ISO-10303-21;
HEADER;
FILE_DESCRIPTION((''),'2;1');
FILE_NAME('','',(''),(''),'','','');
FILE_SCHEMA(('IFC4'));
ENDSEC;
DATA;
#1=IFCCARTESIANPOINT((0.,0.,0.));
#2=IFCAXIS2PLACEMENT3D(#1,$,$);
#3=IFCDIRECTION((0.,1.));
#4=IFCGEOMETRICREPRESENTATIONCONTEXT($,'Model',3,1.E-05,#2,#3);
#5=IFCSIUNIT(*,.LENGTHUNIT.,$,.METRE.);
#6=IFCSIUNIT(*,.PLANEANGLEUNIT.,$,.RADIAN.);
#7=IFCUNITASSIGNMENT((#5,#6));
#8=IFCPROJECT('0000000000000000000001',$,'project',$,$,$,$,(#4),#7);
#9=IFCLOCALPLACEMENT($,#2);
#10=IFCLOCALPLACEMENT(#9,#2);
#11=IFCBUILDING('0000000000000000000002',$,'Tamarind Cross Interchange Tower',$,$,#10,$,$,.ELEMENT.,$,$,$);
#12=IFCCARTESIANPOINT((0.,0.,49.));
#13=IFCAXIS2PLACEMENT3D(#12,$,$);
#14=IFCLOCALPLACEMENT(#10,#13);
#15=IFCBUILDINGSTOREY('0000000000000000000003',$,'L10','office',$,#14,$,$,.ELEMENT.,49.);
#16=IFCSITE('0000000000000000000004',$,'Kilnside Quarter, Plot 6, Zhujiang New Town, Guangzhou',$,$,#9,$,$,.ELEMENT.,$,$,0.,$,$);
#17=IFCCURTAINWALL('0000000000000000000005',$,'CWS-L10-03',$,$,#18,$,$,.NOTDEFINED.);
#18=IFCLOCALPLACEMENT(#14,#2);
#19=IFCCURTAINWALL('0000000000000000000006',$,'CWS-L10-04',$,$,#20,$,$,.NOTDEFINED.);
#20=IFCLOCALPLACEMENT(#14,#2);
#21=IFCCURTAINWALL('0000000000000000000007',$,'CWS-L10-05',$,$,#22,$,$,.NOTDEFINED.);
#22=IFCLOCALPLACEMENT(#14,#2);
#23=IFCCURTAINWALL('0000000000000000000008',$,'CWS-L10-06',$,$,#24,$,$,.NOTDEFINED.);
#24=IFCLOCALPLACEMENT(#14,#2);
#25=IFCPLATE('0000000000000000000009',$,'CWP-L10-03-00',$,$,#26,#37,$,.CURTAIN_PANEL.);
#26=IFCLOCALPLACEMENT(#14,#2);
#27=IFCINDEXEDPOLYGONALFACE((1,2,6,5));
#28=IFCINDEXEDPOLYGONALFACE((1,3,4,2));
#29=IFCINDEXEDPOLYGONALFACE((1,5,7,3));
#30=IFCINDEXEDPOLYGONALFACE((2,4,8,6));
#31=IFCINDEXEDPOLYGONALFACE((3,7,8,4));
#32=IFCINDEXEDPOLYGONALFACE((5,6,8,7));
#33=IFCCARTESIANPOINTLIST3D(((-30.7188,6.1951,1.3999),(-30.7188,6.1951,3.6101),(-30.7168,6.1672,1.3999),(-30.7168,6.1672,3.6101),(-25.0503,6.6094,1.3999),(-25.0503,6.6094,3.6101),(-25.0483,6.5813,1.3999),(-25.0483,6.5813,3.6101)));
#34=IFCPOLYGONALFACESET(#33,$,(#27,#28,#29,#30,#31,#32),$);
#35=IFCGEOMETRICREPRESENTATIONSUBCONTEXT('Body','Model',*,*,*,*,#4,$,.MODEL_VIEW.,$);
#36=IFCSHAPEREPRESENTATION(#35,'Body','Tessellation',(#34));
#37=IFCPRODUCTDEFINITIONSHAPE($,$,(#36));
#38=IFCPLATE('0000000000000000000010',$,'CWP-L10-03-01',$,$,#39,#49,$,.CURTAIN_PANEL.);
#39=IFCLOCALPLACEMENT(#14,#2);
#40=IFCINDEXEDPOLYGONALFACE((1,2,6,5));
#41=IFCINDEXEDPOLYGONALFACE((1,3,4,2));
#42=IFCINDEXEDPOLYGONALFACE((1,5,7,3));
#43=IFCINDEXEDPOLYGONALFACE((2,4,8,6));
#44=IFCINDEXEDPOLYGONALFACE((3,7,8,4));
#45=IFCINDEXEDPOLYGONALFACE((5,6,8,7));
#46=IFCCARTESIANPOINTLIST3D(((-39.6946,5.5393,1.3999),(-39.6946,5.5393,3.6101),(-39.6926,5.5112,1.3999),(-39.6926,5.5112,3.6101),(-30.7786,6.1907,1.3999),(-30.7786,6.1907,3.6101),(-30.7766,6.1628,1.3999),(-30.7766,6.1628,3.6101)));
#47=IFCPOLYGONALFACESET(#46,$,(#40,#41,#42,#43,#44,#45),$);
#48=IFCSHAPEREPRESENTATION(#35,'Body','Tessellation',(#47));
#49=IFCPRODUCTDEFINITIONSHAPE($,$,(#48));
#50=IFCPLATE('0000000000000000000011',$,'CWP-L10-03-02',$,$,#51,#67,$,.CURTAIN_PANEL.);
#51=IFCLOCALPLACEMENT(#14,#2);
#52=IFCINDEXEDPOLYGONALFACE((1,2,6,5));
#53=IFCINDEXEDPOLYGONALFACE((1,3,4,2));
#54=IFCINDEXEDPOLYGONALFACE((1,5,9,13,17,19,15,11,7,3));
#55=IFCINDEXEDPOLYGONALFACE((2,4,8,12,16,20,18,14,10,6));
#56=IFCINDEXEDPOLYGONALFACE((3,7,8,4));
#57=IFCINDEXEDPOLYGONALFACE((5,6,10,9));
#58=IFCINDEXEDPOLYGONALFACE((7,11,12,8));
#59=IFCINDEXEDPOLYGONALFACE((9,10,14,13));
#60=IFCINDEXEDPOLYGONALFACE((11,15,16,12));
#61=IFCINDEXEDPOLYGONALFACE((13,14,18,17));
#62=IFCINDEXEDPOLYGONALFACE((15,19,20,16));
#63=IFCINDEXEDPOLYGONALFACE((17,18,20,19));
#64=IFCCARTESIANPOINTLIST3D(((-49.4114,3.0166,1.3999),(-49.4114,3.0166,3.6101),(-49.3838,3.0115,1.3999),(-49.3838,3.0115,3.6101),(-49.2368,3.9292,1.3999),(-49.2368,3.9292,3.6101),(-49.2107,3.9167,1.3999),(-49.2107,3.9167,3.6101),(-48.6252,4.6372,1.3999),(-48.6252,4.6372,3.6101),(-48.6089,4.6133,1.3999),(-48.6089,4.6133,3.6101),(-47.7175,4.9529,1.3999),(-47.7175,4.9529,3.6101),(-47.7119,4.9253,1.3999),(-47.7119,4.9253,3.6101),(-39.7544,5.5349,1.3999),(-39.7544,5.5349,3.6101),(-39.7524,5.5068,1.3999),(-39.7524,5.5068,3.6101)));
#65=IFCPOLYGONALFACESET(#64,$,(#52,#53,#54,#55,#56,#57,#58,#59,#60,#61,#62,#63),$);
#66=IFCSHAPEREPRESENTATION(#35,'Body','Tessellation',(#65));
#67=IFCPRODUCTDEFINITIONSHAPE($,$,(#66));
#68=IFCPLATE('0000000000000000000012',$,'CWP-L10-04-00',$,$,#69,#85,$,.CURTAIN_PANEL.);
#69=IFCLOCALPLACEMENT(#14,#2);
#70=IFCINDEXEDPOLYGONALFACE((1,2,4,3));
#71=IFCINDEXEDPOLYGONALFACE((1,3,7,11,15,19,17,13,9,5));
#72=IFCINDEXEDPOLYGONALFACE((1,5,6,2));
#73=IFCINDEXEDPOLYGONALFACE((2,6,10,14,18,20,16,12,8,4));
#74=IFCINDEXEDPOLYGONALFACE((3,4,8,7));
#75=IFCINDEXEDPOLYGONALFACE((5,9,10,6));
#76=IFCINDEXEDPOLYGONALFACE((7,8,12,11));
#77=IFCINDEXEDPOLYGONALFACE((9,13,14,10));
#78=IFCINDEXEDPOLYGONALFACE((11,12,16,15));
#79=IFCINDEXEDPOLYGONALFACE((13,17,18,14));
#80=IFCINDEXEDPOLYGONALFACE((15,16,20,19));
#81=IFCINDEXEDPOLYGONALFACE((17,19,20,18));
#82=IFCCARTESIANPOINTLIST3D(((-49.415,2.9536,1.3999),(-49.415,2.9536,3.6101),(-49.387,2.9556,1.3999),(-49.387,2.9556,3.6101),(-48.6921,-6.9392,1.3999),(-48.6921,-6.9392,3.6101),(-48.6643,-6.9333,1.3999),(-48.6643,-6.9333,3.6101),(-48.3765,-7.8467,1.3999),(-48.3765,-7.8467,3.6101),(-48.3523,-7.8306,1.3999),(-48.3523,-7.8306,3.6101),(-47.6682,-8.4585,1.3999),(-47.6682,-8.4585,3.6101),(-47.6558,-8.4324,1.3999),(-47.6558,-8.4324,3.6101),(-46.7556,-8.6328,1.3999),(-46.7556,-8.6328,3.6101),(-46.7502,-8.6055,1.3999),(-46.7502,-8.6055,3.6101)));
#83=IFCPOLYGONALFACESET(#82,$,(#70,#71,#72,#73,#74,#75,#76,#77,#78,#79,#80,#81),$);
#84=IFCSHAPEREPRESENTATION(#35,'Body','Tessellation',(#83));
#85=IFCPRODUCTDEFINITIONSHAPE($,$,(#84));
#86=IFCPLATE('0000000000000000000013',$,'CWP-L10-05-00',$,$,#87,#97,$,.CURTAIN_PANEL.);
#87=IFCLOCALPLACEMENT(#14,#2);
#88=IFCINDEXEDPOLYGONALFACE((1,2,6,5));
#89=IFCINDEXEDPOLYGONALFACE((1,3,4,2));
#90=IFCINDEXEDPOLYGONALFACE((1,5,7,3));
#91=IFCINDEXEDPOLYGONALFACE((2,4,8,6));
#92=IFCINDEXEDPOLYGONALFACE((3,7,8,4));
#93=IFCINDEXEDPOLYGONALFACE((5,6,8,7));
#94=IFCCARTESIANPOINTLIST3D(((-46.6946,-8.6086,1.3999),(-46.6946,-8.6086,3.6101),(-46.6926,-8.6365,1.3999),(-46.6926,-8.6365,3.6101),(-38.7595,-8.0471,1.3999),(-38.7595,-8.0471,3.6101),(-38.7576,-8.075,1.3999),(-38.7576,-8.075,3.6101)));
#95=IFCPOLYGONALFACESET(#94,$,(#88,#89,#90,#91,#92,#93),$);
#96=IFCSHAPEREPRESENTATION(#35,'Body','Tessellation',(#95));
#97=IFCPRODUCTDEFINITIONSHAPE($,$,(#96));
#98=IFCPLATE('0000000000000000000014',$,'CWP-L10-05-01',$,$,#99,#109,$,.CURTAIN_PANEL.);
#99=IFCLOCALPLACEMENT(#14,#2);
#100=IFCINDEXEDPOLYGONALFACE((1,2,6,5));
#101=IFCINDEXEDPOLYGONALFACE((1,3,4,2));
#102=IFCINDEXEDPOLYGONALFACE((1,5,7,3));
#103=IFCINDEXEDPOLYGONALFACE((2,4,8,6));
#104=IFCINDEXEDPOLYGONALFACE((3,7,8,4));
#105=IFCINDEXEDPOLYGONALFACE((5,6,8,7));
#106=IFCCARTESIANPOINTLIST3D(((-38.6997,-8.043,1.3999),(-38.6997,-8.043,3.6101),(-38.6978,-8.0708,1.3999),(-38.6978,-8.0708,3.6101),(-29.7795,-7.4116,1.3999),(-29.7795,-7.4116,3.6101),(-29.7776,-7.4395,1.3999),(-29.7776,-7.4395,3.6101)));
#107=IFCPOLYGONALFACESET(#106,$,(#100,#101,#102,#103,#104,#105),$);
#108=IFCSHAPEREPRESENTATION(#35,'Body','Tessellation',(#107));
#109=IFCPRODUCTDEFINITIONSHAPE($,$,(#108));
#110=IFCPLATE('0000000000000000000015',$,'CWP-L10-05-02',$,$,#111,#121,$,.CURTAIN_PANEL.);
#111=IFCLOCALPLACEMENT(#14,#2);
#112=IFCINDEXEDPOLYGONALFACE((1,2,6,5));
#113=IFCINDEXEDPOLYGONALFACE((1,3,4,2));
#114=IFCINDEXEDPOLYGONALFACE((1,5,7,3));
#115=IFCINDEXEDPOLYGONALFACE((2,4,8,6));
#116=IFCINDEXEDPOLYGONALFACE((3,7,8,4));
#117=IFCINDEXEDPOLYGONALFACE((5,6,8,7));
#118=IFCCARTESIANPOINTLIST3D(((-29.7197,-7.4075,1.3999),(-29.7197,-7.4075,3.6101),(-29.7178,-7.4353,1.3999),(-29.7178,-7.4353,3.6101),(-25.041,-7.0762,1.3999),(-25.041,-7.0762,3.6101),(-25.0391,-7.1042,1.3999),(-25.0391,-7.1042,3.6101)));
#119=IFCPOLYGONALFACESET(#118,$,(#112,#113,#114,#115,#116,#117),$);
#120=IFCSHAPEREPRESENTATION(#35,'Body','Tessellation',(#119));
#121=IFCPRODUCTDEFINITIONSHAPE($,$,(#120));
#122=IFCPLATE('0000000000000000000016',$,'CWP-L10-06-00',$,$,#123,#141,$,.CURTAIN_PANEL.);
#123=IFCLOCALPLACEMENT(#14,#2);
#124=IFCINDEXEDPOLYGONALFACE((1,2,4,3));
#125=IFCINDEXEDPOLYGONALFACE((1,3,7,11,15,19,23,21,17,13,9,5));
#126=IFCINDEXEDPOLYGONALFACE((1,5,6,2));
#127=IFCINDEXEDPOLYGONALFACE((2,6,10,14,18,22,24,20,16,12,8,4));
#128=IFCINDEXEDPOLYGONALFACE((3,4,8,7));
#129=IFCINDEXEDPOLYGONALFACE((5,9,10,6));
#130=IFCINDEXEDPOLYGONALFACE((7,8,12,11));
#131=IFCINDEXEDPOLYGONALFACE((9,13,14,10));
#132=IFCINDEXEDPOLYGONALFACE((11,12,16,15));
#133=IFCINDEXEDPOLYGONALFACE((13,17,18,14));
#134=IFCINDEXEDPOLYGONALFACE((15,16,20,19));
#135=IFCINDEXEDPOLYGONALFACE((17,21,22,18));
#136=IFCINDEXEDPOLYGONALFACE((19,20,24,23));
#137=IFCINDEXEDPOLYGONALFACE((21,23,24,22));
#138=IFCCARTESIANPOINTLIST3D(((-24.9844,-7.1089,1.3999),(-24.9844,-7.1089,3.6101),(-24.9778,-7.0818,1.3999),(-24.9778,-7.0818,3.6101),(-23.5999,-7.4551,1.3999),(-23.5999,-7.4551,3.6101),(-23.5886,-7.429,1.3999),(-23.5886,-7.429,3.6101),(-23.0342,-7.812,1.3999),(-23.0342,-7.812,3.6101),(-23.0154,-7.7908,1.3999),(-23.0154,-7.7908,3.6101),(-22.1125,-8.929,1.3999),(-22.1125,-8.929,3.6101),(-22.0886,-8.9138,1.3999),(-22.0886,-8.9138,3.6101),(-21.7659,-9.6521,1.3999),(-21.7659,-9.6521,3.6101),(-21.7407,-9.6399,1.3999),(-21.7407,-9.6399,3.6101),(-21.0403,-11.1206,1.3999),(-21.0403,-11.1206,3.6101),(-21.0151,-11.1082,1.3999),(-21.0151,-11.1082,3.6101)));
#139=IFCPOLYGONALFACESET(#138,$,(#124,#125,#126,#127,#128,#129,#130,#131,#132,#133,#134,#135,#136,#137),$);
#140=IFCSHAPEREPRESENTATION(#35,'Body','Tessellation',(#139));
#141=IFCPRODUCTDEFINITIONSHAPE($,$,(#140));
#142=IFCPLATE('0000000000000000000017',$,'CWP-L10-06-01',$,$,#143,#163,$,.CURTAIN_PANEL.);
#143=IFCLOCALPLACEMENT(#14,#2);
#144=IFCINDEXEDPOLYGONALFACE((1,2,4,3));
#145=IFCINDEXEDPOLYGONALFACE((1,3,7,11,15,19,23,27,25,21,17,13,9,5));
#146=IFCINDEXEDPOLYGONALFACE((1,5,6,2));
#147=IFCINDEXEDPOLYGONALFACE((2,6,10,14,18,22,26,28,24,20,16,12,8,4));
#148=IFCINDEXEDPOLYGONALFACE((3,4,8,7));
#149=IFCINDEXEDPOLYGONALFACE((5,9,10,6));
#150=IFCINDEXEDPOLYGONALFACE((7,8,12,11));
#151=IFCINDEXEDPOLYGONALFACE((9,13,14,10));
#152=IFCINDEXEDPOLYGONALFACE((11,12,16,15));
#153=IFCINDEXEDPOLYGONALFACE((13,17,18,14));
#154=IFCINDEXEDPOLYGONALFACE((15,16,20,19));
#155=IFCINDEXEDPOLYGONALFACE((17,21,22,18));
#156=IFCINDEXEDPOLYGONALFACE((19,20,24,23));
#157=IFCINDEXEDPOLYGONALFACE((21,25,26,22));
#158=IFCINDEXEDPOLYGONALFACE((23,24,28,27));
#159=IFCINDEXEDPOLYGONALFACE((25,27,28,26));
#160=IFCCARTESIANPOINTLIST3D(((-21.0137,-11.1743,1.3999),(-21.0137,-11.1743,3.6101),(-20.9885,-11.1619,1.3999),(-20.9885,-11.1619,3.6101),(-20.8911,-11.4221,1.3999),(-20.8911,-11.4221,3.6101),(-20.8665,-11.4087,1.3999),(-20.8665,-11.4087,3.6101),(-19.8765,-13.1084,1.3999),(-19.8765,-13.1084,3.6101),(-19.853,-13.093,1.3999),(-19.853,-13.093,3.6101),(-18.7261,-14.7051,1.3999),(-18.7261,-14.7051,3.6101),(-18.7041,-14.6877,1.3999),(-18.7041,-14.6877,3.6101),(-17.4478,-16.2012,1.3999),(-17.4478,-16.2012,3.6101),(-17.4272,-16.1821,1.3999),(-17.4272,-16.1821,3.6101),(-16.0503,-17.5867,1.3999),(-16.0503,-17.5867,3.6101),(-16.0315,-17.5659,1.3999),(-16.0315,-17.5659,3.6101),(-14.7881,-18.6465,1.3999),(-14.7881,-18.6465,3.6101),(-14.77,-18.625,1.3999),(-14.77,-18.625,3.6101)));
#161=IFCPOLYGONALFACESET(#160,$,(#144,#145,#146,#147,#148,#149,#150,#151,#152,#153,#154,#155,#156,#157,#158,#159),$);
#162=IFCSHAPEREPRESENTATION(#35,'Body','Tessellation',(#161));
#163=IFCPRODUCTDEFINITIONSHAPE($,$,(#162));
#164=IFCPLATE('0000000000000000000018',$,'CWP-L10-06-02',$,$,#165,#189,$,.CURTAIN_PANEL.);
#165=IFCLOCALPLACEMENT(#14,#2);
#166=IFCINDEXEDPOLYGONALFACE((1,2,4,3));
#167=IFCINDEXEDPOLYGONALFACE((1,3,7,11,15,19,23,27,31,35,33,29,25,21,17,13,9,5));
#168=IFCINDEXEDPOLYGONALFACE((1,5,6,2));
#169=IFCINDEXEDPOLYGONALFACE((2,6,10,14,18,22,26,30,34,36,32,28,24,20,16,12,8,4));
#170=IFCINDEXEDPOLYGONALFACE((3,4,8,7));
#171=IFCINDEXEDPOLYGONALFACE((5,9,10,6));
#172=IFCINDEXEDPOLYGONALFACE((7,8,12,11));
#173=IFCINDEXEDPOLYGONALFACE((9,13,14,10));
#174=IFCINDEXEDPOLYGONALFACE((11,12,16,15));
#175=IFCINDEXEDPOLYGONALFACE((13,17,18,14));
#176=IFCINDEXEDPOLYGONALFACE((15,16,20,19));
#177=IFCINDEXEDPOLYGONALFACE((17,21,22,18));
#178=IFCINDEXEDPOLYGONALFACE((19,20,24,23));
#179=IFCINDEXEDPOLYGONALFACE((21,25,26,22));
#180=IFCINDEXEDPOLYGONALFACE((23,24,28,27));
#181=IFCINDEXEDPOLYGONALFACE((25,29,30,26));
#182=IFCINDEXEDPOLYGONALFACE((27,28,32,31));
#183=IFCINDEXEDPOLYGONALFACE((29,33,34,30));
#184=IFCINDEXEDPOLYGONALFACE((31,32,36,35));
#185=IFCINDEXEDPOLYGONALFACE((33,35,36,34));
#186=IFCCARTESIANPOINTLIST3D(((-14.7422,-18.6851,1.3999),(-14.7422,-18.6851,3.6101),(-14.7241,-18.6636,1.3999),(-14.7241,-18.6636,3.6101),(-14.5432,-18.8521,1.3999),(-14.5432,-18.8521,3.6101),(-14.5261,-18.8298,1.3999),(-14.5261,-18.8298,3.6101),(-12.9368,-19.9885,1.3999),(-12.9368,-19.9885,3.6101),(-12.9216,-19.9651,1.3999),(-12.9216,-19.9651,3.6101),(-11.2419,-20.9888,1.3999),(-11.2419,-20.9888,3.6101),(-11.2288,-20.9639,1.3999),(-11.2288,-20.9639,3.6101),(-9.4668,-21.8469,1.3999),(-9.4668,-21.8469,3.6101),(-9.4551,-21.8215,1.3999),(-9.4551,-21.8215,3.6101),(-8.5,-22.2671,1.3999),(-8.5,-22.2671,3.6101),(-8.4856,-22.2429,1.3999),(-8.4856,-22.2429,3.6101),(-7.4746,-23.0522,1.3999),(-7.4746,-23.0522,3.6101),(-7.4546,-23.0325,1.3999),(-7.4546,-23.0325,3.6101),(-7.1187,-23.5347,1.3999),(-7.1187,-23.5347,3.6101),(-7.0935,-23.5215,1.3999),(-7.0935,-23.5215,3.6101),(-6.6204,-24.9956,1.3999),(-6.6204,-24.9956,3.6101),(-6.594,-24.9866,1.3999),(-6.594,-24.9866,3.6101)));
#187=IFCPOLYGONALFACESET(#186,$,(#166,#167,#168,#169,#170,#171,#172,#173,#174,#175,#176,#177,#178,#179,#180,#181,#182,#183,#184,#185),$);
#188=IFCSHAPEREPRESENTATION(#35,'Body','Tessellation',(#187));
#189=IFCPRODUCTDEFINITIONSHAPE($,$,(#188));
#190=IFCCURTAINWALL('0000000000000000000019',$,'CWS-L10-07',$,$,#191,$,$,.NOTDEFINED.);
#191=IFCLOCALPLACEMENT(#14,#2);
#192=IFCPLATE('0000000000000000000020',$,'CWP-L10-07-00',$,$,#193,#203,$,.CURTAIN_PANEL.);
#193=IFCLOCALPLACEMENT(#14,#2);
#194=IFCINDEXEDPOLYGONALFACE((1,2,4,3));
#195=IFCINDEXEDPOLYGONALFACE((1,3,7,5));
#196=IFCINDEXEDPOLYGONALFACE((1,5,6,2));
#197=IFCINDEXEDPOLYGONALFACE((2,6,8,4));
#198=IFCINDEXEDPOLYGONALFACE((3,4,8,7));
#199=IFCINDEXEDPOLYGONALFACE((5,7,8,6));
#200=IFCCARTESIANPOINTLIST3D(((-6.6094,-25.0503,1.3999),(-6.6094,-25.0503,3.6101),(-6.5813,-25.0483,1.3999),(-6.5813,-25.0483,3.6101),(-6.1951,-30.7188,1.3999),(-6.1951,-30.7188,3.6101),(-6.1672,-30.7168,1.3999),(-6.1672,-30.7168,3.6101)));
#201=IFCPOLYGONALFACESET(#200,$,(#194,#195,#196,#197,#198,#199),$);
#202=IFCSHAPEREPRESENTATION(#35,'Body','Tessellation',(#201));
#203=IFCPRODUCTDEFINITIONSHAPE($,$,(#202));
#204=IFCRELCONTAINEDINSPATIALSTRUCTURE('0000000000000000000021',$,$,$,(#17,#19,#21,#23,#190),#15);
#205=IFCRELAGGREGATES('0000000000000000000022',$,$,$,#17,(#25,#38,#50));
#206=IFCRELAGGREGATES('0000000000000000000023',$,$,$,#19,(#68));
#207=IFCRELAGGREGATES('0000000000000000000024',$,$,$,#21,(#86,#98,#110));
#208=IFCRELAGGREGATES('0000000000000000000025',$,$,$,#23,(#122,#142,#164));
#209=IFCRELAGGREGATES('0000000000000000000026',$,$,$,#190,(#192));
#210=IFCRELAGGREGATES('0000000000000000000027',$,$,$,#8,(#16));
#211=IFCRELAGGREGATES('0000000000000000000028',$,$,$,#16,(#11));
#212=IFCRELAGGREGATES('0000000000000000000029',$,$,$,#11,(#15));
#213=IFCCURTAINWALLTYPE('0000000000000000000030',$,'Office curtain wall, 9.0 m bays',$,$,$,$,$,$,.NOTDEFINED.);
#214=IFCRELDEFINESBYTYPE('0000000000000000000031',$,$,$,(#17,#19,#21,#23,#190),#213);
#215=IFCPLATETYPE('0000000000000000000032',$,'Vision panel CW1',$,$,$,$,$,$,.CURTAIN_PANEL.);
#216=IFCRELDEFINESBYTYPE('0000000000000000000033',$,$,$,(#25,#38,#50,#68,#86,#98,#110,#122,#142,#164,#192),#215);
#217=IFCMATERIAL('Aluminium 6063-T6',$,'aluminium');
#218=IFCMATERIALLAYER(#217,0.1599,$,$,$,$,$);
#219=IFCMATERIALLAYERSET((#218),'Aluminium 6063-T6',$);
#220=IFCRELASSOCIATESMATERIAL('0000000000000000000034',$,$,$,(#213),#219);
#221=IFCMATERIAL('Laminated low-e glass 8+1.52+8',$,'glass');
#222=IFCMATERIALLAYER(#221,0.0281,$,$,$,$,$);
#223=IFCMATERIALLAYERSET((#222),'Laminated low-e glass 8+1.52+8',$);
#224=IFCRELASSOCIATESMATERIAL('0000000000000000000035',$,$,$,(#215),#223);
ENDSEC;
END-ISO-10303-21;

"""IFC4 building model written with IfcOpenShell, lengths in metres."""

from ifc_helpers import new_model, si_unit, direction, frame, origin, place, context, subcontext, project, spatial, polyline, outline, extrude, material, layer, layer_set, type_object, element, aggregate, save


model = new_model("IFC4")

# Units and contexts
model_context = context("Model", 3, precision=1e-05, world=origin(), true_north=direction((0.0, 1.0)))
body_context = subcontext(model_context, "Body", "Model", "MODEL_VIEW")
ifc_project = project(units=[si_unit("LENGTHUNIT", "METRE"), si_unit("PLANEANGLEUNIT", "RADIAN")], contexts=[model_context])

# Site, building, storey
site_placement = place(None, origin())
site = spatial("IfcSite", under=ifc_project, at=site_placement, Name="Kilnside Quarter, Plot 6, Zhujiang New Town, Guangzhou", CompositionType="ELEMENT", RefElevation=0.0)
building_placement = place(site_placement, origin())
building = spatial("IfcBuilding", under=site, at=building_placement, Name="Tamarind Cross Interchange Tower", CompositionType="ELEMENT")
storey_placement = place(building_placement, frame((0.0, 0.0, 49.0)))
storey = spatial("IfcBuildingStorey", under=building, at=storey_placement, Name="L10", Description="office", CompositionType="ELEMENT", Elevation=49.0)

# Curtain walls
ifc_material_1 = material(Name="Aluminium 6063-T6", Category="aluminium")
ifc_layer_1 = layer(ifc_material_1, 0.1599)
ifc_layer_set_1 = layer_set([ifc_layer_1], Name="Aluminium 6063-T6")
curtain_wall_type = type_object("IfcCurtainWallType", Name="Office curtain wall, 9.0 m bays", PredefinedType="NOTDEFINED", material=ifc_layer_set_1)
curtain_wall_1_placement = place(storey_placement, origin())
curtain_wall_1 = element("IfcCurtainWall", 1, at=curtain_wall_1_placement, inside=storey, type_object=curtain_wall_type, Name="CWS-L10-03", PredefinedType="NOTDEFINED")
curtain_wall_2_placement = place(storey_placement, origin())
curtain_wall_2 = element("IfcCurtainWall", 2, at=curtain_wall_2_placement, inside=storey, type_object=curtain_wall_type, Name="CWS-L10-04", PredefinedType="NOTDEFINED")
curtain_wall_3_placement = place(storey_placement, origin())
curtain_wall_3 = element("IfcCurtainWall", 3, at=curtain_wall_3_placement, inside=storey, type_object=curtain_wall_type, Name="CWS-L10-05", PredefinedType="NOTDEFINED")
curtain_wall_4_placement = place(storey_placement, origin())
curtain_wall_4 = element("IfcCurtainWall", 4, at=curtain_wall_4_placement, inside=storey, type_object=curtain_wall_type, Name="CWS-L10-06", PredefinedType="NOTDEFINED")

# Plates
ifc_material_2 = material(Name="Laminated low-e glass 8+1.52+8", Category="glass")
ifc_layer_2 = layer(ifc_material_2, 0.0281)
ifc_layer_set_2 = layer_set([ifc_layer_2], Name="Laminated low-e glass 8+1.52+8")
plate_type = type_object("IfcPlateType", Name="Vision panel CW1", PredefinedType="CURTAIN_PANEL", material=ifc_layer_set_2)
plate_1_placement = place(storey_placement, frame((0.0, 0.0, 1.3999)))
plate_1 = element("IfcPlate", 5, at=plate_1_placement, type_object=plate_type, Name="CWP-L10-03-00", PredefinedType="CURTAIN_PANEL", context=body_context, shape_type="SweptSolid", body=[
    extrude(outline(polyline([(-25.0483, 6.5813), (-30.7168, 6.1672), (-30.7188, 6.1951), (-25.0503, 6.6094), (-25.0483, 6.5813)])), origin(), (0.0, 0.0, 1.0), 2.2102),
])
plate_2_placement = place(storey_placement, frame((0.0, 0.0, 1.3999)))
plate_2 = element("IfcPlate", 6, at=plate_2_placement, type_object=plate_type, Name="CWP-L10-03-01", PredefinedType="CURTAIN_PANEL", context=body_context, shape_type="SweptSolid", body=[
    extrude(outline(polyline([(-30.7766, 6.1628), (-39.6926, 5.5112), (-39.6946, 5.5393), (-30.7786, 6.1907), (-30.7766, 6.1628)])), origin(), (0.0, 0.0, 1.0), 2.2102),
])
plate_3_placement = place(storey_placement, frame((0.0, 0.0, 1.3999)))
plate_3 = element("IfcPlate", 7, at=plate_3_placement, type_object=plate_type, Name="CWP-L10-03-02", PredefinedType="CURTAIN_PANEL", context=body_context, shape_type="SweptSolid", body=[
    extrude(outline(polyline([(-39.7524, 5.5068), (-47.7119, 4.9253), (-48.6089, 4.6133), (-49.2107, 3.9167), (-49.3838, 3.0115), (-49.4114, 3.0166), (-49.2368, 3.9292), (-48.6252, 4.6372), (-47.7175, 4.9529), (-39.7544, 5.5349), (-39.7524, 5.5068)])), origin(), (0.0, 0.0, 1.0), 2.2102),
])
aggregate(curtain_wall_1, [plate_1, plate_2, plate_3])
plate_4_placement = place(storey_placement, frame((0.0, 0.0, 1.3999)))
plate_4 = element("IfcPlate", 8, at=plate_4_placement, type_object=plate_type, Name="CWP-L10-04-00", PredefinedType="CURTAIN_PANEL", context=body_context, shape_type="SweptSolid", body=[
    extrude(outline(polyline([(-49.387, 2.9556), (-48.6643, -6.9333), (-48.3523, -7.8306), (-47.6558, -8.4324), (-46.7502, -8.6055), (-46.7556, -8.6328), (-47.6682, -8.4585), (-48.3765, -7.8467), (-48.6921, -6.9392), (-49.415, 2.9536), (-49.387, 2.9556)])), origin(), (0.0, 0.0, 1.0), 2.2102),
])
aggregate(curtain_wall_2, [plate_4])
plate_5_placement = place(storey_placement, frame((0.0, 0.0, 1.3999)))
plate_5 = element("IfcPlate", 9, at=plate_5_placement, type_object=plate_type, Name="CWP-L10-05-00", PredefinedType="CURTAIN_PANEL", context=body_context, shape_type="SweptSolid", body=[
    extrude(outline(polyline([(-46.6946, -8.6086), (-38.7595, -8.0471), (-38.7576, -8.075), (-46.6926, -8.6365), (-46.6946, -8.6086)])), origin(), (0.0, 0.0, 1.0), 2.2102),
])
plate_6_placement = place(storey_placement, frame((0.0, 0.0, 1.3999)))
plate_6 = element("IfcPlate", 10, at=plate_6_placement, type_object=plate_type, Name="CWP-L10-05-01", PredefinedType="CURTAIN_PANEL", context=body_context, shape_type="SweptSolid", body=[
    extrude(outline(polyline([(-38.6997, -8.043), (-29.7795, -7.4116), (-29.7776, -7.4395), (-38.6978, -8.0708), (-38.6997, -8.043)])), origin(), (0.0, 0.0, 1.0), 2.2102),
])
plate_7_placement = place(storey_placement, frame((0.0, 0.0, 1.3999)))
plate_7 = element("IfcPlate", 11, at=plate_7_placement, type_object=plate_type, Name="CWP-L10-05-02", PredefinedType="CURTAIN_PANEL", context=body_context, shape_type="SweptSolid", body=[
    extrude(outline(polyline([(-29.7197, -7.4075), (-25.041, -7.0762), (-25.0391, -7.1042), (-29.7178, -7.4353), (-29.7197, -7.4075)])), origin(), (0.0, 0.0, 1.0), 2.2102),
])
aggregate(curtain_wall_3, [plate_5, plate_6, plate_7])
plate_8_placement = place(storey_placement, frame((0.0, 0.0, 1.3999)))
plate_8 = element("IfcPlate", 12, at=plate_8_placement, type_object=plate_type, Name="CWP-L10-06-00", PredefinedType="CURTAIN_PANEL", context=body_context, shape_type="SweptSolid", body=[
    extrude(outline(polyline([(-24.9778, -7.0818), (-23.5886, -7.429), (-23.0154, -7.7908), (-22.0886, -8.9138), (-21.7407, -9.6399), (-21.0151, -11.1082), (-21.0403, -11.1206), (-21.7659, -9.6521), (-22.1125, -8.929), (-23.0342, -7.812), (-23.5999, -7.4551), (-24.9844, -7.1089), (-24.9778, -7.0818)])), origin(), (0.0, 0.0, 1.0), 2.2102),
])
plate_9_placement = place(storey_placement, frame((0.0, 0.0, 1.3999)))
plate_9 = element("IfcPlate", 13, at=plate_9_placement, type_object=plate_type, Name="CWP-L10-06-01", PredefinedType="CURTAIN_PANEL", context=body_context, shape_type="SweptSolid", body=[
    extrude(outline(polyline([(-20.9885, -11.1619), (-20.8665, -11.4087), (-19.853, -13.093), (-18.7041, -14.6877), (-17.4272, -16.1821), (-16.0315, -17.5659), (-14.77, -18.625), (-14.7881, -18.6465), (-16.0503, -17.5867), (-17.4478, -16.2012), (-18.7261, -14.7051), (-19.8765, -13.1084), (-20.8911, -11.4221), (-21.0137, -11.1743), (-20.9885, -11.1619)])), origin(), (0.0, 0.0, 1.0), 2.2102),
])
plate_10_placement = place(storey_placement, frame((0.0, 0.0, 1.3999)))
plate_10 = element("IfcPlate", 14, at=plate_10_placement, type_object=plate_type, Name="CWP-L10-06-02", PredefinedType="CURTAIN_PANEL", context=body_context, shape_type="SweptSolid", body=[
    extrude(outline(polyline([(-14.7241, -18.6636), (-14.5261, -18.8298), (-12.9216, -19.9651), (-11.2288, -20.9639), (-9.4551, -21.8215), (-8.4856, -22.2429), (-7.4546, -23.0325), (-7.0935, -23.5215), (-6.594, -24.9866), (-6.6204, -24.9956), (-7.1187, -23.5347), (-7.4746, -23.0522), (-8.5, -22.2671), (-9.4668, -21.8469), (-11.2419, -20.9888), (-12.9368, -19.9885), (-14.5432, -18.8521), (-14.7422, -18.6851), (-14.7241, -18.6636)])), origin(), (0.0, 0.0, 1.0), 2.2102),
])
aggregate(curtain_wall_4, [plate_8, plate_9, plate_10])

# Curtain wall, plate
curtain_wall_5_placement = place(storey_placement, origin())
curtain_wall_5 = element("IfcCurtainWall", 15, at=curtain_wall_5_placement, inside=storey, type_object=curtain_wall_type, Name="CWS-L10-07", PredefinedType="NOTDEFINED")
plate_11_placement = place(storey_placement, frame((0.0, 0.0, 1.3999)))
plate_11 = element("IfcPlate", 16, at=plate_11_placement, type_object=plate_type, Name="CWP-L10-07-00", PredefinedType="CURTAIN_PANEL", context=body_context, shape_type="SweptSolid", body=[
    extrude(outline(polyline([(-6.5813, -25.0483), (-6.1672, -30.7168), (-6.1951, -30.7188), (-6.6094, -25.0503), (-6.5813, -25.0483)])), origin(), (0.0, 0.0, 1.0), 2.2102),
])
aggregate(curtain_wall_5, [plate_11])

save(model, "model.ifc")
